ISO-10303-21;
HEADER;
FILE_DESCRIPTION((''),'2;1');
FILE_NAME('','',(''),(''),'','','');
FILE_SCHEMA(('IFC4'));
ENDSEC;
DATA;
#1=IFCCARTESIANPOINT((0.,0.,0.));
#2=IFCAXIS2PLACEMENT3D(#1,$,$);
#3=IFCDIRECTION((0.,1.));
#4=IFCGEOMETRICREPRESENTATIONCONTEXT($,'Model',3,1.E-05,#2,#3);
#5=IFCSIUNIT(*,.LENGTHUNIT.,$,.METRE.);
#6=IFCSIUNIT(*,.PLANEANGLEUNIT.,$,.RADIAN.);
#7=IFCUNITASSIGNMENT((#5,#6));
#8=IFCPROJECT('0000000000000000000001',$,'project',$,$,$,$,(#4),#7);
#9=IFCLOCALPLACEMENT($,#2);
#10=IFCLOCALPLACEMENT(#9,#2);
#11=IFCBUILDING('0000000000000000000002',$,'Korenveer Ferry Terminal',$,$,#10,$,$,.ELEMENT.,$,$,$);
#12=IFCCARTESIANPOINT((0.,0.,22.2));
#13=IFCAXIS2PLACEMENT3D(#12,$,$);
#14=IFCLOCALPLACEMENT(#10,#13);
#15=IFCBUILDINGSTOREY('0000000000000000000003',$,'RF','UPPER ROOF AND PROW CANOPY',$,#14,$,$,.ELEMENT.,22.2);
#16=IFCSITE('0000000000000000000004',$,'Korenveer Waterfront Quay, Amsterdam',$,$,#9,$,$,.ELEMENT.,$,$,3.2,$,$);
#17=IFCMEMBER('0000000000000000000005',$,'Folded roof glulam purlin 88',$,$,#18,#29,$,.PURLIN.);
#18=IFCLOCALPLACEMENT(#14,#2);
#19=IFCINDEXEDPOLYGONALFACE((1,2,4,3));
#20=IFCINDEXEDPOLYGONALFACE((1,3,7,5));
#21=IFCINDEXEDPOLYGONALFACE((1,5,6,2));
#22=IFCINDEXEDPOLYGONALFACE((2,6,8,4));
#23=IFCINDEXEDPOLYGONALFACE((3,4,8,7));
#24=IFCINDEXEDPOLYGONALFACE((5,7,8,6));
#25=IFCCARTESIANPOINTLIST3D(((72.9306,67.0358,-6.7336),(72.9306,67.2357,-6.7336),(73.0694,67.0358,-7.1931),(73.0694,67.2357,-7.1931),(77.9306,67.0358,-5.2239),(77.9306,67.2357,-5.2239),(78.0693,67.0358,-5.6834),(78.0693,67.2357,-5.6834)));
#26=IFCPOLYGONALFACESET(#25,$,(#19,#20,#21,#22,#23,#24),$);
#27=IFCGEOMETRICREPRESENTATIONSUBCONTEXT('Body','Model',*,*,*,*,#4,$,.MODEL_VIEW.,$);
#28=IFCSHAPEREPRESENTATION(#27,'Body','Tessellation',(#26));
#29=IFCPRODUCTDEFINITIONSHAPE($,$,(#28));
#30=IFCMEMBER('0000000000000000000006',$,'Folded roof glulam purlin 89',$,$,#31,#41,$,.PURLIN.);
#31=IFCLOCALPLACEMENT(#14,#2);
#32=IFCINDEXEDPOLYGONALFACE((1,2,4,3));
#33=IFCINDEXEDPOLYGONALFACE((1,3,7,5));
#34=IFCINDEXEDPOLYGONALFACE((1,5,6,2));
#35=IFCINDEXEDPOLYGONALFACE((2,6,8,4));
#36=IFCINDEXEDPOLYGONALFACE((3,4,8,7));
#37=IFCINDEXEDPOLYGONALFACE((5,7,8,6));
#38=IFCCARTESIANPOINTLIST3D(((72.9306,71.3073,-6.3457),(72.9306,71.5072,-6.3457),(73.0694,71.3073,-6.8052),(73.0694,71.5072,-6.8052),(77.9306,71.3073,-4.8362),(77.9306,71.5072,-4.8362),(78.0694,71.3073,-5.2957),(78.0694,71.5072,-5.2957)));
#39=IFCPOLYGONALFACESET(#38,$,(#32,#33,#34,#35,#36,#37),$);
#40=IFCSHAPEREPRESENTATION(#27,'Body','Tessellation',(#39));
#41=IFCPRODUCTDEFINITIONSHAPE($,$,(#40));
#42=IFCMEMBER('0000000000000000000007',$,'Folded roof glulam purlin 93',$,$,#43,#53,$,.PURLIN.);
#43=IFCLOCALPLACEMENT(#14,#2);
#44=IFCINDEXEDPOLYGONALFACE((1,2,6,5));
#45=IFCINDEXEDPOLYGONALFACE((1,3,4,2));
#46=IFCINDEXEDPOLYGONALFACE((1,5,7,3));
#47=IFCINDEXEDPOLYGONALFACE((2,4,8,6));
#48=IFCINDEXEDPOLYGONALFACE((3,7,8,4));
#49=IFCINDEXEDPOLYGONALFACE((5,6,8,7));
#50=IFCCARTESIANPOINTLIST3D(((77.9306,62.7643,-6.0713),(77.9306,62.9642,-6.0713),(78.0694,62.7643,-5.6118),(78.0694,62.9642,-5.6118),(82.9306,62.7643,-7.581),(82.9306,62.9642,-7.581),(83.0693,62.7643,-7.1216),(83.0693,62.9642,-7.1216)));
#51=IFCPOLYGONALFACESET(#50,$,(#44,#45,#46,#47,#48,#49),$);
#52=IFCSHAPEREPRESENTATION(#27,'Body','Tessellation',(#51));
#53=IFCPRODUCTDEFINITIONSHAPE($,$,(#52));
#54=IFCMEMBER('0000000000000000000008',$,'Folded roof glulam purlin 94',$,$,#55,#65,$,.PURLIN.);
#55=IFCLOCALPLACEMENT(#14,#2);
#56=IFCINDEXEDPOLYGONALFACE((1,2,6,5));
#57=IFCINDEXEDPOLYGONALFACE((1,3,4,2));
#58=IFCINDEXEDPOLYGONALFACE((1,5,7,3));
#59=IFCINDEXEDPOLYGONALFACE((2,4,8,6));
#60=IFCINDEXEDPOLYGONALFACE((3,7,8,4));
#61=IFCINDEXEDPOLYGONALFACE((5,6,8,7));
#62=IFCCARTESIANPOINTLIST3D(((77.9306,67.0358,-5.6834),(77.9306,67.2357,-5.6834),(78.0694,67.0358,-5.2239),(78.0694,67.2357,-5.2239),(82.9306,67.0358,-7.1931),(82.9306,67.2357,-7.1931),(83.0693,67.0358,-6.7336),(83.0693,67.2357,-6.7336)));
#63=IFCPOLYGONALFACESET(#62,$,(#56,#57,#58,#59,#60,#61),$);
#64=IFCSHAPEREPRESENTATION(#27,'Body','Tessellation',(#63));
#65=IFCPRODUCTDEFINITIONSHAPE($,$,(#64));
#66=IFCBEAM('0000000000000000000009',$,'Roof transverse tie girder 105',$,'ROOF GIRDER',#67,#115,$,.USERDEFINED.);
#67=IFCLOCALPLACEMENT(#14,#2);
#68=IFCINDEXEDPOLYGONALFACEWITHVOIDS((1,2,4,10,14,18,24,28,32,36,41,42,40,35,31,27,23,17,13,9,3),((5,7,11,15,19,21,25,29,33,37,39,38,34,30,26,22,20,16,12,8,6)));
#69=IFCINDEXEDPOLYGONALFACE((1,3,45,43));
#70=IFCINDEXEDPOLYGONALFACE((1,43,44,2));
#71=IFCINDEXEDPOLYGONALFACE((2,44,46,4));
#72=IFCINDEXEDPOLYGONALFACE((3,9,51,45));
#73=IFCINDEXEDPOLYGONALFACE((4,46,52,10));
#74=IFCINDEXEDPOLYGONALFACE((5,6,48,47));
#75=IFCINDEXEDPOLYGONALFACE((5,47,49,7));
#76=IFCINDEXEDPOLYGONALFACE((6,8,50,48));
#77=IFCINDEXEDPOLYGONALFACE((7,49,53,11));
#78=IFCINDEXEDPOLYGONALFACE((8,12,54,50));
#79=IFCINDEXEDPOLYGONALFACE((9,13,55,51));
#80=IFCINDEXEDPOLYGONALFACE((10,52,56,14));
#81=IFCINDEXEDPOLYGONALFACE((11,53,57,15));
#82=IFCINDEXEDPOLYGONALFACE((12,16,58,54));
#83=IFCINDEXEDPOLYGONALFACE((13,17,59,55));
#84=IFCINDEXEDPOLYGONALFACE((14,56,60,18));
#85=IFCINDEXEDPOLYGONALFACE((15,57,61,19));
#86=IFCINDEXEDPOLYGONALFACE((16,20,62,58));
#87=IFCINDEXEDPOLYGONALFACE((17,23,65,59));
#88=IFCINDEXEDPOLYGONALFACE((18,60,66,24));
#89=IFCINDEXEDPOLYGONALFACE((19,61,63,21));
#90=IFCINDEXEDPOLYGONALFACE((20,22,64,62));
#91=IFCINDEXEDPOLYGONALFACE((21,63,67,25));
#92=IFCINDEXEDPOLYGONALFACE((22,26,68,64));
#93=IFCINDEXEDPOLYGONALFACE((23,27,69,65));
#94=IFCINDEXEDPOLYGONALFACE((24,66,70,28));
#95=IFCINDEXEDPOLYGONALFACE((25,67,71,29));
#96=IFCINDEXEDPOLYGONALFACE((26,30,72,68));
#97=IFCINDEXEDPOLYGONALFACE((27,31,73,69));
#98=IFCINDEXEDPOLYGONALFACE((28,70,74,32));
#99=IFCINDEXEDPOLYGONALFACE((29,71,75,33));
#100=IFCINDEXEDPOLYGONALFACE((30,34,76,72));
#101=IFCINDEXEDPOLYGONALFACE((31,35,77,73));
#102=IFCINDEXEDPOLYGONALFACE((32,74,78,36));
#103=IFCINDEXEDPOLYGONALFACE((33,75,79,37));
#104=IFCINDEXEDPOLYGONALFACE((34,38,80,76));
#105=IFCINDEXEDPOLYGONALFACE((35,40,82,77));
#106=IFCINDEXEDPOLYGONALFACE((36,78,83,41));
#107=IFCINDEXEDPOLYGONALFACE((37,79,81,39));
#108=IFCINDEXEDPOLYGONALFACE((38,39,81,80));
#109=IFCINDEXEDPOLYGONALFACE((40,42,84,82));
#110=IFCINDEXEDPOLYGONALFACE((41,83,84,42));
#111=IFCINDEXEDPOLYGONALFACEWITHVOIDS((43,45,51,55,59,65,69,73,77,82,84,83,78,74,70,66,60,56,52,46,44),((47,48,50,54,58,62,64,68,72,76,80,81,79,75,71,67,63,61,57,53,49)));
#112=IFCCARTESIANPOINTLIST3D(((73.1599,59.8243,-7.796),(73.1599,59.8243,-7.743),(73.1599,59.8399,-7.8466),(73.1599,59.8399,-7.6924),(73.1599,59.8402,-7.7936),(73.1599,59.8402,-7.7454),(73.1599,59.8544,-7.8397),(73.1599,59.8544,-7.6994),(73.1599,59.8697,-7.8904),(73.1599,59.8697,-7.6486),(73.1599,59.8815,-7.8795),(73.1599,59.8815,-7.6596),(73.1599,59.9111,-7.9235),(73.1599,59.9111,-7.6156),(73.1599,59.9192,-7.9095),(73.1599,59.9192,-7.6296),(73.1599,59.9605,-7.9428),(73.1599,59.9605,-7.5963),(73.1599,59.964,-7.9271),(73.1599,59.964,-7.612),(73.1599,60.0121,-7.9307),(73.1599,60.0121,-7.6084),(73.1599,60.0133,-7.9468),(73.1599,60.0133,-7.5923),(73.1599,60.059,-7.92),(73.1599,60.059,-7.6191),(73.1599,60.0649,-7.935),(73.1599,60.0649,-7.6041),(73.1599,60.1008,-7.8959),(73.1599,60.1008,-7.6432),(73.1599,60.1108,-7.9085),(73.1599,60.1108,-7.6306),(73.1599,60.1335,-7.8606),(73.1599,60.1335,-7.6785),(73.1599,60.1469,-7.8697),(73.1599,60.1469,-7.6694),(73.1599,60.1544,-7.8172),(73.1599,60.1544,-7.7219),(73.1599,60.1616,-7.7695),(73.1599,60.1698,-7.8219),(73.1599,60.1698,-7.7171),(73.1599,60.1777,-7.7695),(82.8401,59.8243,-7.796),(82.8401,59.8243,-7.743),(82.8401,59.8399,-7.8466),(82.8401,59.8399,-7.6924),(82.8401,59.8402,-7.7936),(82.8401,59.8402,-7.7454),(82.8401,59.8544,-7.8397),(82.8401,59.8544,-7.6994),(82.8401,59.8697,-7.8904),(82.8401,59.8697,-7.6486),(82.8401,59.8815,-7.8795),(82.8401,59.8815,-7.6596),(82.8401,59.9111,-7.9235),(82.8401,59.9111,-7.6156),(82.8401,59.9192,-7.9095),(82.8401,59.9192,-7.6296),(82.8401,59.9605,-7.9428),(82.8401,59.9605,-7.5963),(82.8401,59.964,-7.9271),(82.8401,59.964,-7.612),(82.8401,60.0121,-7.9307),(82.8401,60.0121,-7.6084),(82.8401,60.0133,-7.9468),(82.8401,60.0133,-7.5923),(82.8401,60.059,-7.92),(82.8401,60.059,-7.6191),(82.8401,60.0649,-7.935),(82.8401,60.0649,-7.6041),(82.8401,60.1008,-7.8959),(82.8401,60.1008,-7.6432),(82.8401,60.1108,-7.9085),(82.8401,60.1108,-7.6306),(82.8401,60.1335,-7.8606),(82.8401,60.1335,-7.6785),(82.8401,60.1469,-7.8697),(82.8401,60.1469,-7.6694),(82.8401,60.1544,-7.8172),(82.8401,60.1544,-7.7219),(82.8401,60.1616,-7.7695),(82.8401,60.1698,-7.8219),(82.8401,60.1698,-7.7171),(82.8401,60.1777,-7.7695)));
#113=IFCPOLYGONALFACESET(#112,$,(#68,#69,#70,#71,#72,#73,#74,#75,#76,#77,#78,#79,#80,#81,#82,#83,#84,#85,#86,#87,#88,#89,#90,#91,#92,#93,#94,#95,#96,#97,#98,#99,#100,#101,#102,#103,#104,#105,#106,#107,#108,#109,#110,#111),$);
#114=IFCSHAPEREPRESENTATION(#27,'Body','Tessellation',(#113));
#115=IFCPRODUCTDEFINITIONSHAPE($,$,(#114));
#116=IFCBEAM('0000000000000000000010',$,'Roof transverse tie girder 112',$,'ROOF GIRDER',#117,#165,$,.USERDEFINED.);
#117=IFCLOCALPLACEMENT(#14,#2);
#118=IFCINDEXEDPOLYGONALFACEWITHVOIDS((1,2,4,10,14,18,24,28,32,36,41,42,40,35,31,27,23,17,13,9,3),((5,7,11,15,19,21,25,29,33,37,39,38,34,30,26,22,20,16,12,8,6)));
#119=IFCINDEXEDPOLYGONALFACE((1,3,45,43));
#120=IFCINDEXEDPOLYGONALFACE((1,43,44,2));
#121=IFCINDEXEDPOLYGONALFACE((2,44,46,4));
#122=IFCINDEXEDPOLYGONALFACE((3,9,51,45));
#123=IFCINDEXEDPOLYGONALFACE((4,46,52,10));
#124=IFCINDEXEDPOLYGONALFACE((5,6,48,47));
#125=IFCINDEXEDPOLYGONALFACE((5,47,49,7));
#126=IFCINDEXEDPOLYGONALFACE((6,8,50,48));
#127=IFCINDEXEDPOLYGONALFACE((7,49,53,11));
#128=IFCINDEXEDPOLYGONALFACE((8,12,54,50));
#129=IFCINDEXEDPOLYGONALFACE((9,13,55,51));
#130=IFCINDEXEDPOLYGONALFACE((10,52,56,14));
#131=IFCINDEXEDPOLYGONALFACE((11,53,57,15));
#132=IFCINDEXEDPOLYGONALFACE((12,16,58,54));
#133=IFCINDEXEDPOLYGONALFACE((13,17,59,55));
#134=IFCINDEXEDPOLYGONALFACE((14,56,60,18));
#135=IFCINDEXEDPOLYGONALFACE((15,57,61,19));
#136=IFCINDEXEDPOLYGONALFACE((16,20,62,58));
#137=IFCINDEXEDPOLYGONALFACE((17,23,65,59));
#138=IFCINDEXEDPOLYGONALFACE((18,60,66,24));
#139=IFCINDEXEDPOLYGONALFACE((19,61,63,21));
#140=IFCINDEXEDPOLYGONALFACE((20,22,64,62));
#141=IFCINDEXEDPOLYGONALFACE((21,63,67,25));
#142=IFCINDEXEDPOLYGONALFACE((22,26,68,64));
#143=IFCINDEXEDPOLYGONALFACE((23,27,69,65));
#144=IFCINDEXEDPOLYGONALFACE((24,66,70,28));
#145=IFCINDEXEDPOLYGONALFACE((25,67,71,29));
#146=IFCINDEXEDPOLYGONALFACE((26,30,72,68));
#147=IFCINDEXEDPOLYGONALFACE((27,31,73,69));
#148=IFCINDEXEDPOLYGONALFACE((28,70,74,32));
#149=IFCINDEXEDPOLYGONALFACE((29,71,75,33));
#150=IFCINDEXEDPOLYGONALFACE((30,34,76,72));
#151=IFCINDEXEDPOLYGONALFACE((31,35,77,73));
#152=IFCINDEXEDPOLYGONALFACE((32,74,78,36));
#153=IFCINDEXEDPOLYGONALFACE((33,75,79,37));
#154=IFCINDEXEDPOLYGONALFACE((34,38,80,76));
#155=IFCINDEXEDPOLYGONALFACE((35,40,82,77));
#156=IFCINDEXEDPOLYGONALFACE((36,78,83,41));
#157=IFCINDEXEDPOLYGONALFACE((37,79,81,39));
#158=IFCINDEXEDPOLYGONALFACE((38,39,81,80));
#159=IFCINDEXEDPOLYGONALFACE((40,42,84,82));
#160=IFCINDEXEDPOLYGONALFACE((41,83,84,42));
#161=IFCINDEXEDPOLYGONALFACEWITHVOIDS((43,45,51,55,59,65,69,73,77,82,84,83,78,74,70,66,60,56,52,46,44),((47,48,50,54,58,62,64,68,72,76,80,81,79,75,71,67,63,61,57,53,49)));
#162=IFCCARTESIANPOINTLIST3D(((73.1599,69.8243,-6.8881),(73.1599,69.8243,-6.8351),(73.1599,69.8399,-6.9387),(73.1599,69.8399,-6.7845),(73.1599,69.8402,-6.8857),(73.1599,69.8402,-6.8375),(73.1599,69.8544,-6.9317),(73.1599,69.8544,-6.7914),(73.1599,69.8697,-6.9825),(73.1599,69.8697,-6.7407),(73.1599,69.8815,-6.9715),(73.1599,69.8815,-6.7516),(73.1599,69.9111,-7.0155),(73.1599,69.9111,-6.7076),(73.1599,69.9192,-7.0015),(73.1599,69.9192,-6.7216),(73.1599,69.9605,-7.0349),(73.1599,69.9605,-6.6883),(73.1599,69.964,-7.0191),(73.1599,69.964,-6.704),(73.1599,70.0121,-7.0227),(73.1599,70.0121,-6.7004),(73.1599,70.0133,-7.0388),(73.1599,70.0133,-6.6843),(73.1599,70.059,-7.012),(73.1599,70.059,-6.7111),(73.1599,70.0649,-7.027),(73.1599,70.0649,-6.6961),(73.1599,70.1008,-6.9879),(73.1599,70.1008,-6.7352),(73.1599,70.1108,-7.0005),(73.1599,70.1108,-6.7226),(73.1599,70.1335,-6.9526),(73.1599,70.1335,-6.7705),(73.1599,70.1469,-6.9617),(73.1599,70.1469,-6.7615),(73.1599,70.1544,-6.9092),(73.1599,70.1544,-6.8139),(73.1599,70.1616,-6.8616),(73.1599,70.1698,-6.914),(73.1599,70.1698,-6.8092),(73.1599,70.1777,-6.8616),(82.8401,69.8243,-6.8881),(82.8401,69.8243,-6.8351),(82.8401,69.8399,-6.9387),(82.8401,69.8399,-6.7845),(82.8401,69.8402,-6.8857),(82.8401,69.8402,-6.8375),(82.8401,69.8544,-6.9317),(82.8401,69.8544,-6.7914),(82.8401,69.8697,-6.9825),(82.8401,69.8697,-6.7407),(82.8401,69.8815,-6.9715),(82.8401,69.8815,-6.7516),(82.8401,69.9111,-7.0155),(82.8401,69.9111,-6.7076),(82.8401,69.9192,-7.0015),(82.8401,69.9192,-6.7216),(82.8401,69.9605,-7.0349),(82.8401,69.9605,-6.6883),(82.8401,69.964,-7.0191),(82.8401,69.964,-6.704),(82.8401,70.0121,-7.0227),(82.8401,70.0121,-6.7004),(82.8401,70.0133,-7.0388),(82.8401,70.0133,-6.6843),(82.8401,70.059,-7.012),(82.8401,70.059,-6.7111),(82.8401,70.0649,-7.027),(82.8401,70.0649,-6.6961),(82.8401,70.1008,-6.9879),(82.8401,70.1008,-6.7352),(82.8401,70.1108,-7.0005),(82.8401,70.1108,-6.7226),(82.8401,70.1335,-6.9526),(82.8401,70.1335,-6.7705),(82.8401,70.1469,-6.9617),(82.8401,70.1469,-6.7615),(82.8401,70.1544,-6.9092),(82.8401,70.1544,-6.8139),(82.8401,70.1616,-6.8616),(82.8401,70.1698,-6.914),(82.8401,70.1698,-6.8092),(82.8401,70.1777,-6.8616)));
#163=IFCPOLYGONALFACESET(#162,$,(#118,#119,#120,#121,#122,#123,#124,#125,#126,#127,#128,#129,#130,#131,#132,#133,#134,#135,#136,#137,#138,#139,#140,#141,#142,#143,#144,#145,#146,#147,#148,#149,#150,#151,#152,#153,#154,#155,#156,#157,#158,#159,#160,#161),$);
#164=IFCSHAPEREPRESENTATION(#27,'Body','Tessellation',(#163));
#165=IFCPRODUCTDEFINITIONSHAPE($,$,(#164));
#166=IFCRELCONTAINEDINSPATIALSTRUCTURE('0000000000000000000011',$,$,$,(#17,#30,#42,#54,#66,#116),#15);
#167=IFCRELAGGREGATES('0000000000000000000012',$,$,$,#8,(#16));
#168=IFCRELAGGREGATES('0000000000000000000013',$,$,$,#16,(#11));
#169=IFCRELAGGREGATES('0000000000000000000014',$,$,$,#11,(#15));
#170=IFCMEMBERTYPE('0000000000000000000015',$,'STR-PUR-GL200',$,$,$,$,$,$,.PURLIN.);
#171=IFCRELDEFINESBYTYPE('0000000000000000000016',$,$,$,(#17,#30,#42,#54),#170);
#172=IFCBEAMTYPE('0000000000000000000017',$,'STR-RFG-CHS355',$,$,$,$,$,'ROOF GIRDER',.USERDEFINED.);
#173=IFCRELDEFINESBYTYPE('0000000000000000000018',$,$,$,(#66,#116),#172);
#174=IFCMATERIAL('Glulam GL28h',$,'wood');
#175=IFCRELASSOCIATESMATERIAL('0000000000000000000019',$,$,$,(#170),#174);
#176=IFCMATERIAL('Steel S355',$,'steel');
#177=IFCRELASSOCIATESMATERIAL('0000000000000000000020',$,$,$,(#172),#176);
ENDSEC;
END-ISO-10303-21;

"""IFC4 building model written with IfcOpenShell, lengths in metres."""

from ifc_helpers import new_model, si_unit, direction, frame, origin, origin_2d, place, context, subcontext, project, spatial, rectangle, hollow_circle, extrude, material, material_profile, profile_set, type_object, element, save


model = new_model("IFC4")

# Units and contexts
model_context = context("Model", 3, precision=1e-05, world=origin(), true_north=direction((0.0, 1.0)))
body_context = subcontext(model_context, "Body", "Model", "MODEL_VIEW")
ifc_project = project(units=[si_unit("LENGTHUNIT", "METRE"), si_unit("PLANEANGLEUNIT", "RADIAN")], contexts=[model_context])

# Site, building, storey
site_placement = place(None, origin())
site = spatial("IfcSite", under=ifc_project, at=site_placement, Name="Korenveer Waterfront Quay, Amsterdam", CompositionType="ELEMENT", RefElevation=3.2)
building_placement = place(site_placement, origin())
building = spatial("IfcBuilding", under=site, at=building_placement, Name="Korenveer Ferry Terminal", CompositionType="ELEMENT")
storey_placement = place(building_placement, frame((0.0, 0.0, 22.2)))
storey = spatial("IfcBuildingStorey", under=building, at=storey_placement, Name="RF", Description="UPPER ROOF AND PROW CANOPY", CompositionType="ELEMENT", Elevation=22.2)

# Members
ifc_material_1 = material(Name="Glulam GL28h", Category="wood")
ifc_material_profile_1 = material_profile(ifc_material_1, rectangle(XDim=0.2, YDim=0.48, at=origin_2d()), Name="GL 200x480")
ifc_profile_set_1 = profile_set([ifc_material_profile_1], Name="Glulam GL28h")
member_type_1 = type_object("IfcMemberType", Name="STR-PUR-GL200", PredefinedType="PURLIN", material=ifc_profile_set_1)
for number, where, z_axis, x_axis, name in (
    (1, (73.0, 67.1357, -6.9634), (0.95731, 0.0, 0.289063), (0.0, 1.0, 0.0), "Folded roof glulam purlin 88"),
    (2, (73.0, 71.4072, -6.5754), (0.957323, 0.0, 0.28902), (0.0, 1.0, 0.0), "Folded roof glulam purlin 89"),
    (3, (78.0, 62.8643, -5.8416), (0.95731, 0.0, -0.289063), (0.0, 1.0, 0.0), "Folded roof glulam purlin 93"),
    (4, (78.0, 67.1357, -5.4536), (0.95731, 0.0, -0.289063), (0.0, 1.0, 0.0), "Folded roof glulam purlin 94"),
):
    element("IfcMember", number, at=place(storey_placement, frame(where, z_axis=z_axis, x_axis=x_axis)), inside=storey, type_object=member_type_1, Name=name, PredefinedType="PURLIN", context=body_context, shape_type="SweptSolid", body=[
        extrude(rectangle(XDim=0.2, YDim=0.48, at=origin_2d()), origin(), (0.0, 0.0, 1.0), 5.2229),
    ])

# Beams
ifc_material_2 = material(Name="Steel S355", Category="steel")
ifc_material_profile_2 = material_profile(ifc_material_2, hollow_circle(Radius=0.1777, WallThickness=0.0161, at=origin_2d()), Name="CHS 355.6x16")
ifc_profile_set_2 = profile_set([ifc_material_profile_2], Name="Steel S355")
beam_type = type_object("IfcBeamType", Name="STR-RFG-CHS355", ElementType="ROOF GIRDER", PredefinedType="USERDEFINED", material=ifc_profile_set_2)
for number, where, z_axis, x_axis, name in (
    (5, (73.1599, 60.0, -7.7695), (1.0, 0.0, 0.0), (0.0, 1.0, 0.0), "Roof transverse tie girder 105"),
    (6, (73.1599, 70.0, -6.8616), (1.0, 0.0, 0.0), (0.0, 1.0, 0.0), "Roof transverse tie girder 112"),
):
    element("IfcBeam", number, at=place(storey_placement, frame(where, z_axis=z_axis, x_axis=x_axis)), inside=storey, type_object=beam_type, Name=name, ObjectType="ROOF GIRDER", PredefinedType="USERDEFINED", context=body_context, shape_type="SweptSolid", body=[
        extrude(hollow_circle(Radius=0.1777, WallThickness=0.0161, at=origin_2d()), origin(), (0.0, 0.0, 1.0), 9.6802),
    ])

save(model, "model.ifc")
